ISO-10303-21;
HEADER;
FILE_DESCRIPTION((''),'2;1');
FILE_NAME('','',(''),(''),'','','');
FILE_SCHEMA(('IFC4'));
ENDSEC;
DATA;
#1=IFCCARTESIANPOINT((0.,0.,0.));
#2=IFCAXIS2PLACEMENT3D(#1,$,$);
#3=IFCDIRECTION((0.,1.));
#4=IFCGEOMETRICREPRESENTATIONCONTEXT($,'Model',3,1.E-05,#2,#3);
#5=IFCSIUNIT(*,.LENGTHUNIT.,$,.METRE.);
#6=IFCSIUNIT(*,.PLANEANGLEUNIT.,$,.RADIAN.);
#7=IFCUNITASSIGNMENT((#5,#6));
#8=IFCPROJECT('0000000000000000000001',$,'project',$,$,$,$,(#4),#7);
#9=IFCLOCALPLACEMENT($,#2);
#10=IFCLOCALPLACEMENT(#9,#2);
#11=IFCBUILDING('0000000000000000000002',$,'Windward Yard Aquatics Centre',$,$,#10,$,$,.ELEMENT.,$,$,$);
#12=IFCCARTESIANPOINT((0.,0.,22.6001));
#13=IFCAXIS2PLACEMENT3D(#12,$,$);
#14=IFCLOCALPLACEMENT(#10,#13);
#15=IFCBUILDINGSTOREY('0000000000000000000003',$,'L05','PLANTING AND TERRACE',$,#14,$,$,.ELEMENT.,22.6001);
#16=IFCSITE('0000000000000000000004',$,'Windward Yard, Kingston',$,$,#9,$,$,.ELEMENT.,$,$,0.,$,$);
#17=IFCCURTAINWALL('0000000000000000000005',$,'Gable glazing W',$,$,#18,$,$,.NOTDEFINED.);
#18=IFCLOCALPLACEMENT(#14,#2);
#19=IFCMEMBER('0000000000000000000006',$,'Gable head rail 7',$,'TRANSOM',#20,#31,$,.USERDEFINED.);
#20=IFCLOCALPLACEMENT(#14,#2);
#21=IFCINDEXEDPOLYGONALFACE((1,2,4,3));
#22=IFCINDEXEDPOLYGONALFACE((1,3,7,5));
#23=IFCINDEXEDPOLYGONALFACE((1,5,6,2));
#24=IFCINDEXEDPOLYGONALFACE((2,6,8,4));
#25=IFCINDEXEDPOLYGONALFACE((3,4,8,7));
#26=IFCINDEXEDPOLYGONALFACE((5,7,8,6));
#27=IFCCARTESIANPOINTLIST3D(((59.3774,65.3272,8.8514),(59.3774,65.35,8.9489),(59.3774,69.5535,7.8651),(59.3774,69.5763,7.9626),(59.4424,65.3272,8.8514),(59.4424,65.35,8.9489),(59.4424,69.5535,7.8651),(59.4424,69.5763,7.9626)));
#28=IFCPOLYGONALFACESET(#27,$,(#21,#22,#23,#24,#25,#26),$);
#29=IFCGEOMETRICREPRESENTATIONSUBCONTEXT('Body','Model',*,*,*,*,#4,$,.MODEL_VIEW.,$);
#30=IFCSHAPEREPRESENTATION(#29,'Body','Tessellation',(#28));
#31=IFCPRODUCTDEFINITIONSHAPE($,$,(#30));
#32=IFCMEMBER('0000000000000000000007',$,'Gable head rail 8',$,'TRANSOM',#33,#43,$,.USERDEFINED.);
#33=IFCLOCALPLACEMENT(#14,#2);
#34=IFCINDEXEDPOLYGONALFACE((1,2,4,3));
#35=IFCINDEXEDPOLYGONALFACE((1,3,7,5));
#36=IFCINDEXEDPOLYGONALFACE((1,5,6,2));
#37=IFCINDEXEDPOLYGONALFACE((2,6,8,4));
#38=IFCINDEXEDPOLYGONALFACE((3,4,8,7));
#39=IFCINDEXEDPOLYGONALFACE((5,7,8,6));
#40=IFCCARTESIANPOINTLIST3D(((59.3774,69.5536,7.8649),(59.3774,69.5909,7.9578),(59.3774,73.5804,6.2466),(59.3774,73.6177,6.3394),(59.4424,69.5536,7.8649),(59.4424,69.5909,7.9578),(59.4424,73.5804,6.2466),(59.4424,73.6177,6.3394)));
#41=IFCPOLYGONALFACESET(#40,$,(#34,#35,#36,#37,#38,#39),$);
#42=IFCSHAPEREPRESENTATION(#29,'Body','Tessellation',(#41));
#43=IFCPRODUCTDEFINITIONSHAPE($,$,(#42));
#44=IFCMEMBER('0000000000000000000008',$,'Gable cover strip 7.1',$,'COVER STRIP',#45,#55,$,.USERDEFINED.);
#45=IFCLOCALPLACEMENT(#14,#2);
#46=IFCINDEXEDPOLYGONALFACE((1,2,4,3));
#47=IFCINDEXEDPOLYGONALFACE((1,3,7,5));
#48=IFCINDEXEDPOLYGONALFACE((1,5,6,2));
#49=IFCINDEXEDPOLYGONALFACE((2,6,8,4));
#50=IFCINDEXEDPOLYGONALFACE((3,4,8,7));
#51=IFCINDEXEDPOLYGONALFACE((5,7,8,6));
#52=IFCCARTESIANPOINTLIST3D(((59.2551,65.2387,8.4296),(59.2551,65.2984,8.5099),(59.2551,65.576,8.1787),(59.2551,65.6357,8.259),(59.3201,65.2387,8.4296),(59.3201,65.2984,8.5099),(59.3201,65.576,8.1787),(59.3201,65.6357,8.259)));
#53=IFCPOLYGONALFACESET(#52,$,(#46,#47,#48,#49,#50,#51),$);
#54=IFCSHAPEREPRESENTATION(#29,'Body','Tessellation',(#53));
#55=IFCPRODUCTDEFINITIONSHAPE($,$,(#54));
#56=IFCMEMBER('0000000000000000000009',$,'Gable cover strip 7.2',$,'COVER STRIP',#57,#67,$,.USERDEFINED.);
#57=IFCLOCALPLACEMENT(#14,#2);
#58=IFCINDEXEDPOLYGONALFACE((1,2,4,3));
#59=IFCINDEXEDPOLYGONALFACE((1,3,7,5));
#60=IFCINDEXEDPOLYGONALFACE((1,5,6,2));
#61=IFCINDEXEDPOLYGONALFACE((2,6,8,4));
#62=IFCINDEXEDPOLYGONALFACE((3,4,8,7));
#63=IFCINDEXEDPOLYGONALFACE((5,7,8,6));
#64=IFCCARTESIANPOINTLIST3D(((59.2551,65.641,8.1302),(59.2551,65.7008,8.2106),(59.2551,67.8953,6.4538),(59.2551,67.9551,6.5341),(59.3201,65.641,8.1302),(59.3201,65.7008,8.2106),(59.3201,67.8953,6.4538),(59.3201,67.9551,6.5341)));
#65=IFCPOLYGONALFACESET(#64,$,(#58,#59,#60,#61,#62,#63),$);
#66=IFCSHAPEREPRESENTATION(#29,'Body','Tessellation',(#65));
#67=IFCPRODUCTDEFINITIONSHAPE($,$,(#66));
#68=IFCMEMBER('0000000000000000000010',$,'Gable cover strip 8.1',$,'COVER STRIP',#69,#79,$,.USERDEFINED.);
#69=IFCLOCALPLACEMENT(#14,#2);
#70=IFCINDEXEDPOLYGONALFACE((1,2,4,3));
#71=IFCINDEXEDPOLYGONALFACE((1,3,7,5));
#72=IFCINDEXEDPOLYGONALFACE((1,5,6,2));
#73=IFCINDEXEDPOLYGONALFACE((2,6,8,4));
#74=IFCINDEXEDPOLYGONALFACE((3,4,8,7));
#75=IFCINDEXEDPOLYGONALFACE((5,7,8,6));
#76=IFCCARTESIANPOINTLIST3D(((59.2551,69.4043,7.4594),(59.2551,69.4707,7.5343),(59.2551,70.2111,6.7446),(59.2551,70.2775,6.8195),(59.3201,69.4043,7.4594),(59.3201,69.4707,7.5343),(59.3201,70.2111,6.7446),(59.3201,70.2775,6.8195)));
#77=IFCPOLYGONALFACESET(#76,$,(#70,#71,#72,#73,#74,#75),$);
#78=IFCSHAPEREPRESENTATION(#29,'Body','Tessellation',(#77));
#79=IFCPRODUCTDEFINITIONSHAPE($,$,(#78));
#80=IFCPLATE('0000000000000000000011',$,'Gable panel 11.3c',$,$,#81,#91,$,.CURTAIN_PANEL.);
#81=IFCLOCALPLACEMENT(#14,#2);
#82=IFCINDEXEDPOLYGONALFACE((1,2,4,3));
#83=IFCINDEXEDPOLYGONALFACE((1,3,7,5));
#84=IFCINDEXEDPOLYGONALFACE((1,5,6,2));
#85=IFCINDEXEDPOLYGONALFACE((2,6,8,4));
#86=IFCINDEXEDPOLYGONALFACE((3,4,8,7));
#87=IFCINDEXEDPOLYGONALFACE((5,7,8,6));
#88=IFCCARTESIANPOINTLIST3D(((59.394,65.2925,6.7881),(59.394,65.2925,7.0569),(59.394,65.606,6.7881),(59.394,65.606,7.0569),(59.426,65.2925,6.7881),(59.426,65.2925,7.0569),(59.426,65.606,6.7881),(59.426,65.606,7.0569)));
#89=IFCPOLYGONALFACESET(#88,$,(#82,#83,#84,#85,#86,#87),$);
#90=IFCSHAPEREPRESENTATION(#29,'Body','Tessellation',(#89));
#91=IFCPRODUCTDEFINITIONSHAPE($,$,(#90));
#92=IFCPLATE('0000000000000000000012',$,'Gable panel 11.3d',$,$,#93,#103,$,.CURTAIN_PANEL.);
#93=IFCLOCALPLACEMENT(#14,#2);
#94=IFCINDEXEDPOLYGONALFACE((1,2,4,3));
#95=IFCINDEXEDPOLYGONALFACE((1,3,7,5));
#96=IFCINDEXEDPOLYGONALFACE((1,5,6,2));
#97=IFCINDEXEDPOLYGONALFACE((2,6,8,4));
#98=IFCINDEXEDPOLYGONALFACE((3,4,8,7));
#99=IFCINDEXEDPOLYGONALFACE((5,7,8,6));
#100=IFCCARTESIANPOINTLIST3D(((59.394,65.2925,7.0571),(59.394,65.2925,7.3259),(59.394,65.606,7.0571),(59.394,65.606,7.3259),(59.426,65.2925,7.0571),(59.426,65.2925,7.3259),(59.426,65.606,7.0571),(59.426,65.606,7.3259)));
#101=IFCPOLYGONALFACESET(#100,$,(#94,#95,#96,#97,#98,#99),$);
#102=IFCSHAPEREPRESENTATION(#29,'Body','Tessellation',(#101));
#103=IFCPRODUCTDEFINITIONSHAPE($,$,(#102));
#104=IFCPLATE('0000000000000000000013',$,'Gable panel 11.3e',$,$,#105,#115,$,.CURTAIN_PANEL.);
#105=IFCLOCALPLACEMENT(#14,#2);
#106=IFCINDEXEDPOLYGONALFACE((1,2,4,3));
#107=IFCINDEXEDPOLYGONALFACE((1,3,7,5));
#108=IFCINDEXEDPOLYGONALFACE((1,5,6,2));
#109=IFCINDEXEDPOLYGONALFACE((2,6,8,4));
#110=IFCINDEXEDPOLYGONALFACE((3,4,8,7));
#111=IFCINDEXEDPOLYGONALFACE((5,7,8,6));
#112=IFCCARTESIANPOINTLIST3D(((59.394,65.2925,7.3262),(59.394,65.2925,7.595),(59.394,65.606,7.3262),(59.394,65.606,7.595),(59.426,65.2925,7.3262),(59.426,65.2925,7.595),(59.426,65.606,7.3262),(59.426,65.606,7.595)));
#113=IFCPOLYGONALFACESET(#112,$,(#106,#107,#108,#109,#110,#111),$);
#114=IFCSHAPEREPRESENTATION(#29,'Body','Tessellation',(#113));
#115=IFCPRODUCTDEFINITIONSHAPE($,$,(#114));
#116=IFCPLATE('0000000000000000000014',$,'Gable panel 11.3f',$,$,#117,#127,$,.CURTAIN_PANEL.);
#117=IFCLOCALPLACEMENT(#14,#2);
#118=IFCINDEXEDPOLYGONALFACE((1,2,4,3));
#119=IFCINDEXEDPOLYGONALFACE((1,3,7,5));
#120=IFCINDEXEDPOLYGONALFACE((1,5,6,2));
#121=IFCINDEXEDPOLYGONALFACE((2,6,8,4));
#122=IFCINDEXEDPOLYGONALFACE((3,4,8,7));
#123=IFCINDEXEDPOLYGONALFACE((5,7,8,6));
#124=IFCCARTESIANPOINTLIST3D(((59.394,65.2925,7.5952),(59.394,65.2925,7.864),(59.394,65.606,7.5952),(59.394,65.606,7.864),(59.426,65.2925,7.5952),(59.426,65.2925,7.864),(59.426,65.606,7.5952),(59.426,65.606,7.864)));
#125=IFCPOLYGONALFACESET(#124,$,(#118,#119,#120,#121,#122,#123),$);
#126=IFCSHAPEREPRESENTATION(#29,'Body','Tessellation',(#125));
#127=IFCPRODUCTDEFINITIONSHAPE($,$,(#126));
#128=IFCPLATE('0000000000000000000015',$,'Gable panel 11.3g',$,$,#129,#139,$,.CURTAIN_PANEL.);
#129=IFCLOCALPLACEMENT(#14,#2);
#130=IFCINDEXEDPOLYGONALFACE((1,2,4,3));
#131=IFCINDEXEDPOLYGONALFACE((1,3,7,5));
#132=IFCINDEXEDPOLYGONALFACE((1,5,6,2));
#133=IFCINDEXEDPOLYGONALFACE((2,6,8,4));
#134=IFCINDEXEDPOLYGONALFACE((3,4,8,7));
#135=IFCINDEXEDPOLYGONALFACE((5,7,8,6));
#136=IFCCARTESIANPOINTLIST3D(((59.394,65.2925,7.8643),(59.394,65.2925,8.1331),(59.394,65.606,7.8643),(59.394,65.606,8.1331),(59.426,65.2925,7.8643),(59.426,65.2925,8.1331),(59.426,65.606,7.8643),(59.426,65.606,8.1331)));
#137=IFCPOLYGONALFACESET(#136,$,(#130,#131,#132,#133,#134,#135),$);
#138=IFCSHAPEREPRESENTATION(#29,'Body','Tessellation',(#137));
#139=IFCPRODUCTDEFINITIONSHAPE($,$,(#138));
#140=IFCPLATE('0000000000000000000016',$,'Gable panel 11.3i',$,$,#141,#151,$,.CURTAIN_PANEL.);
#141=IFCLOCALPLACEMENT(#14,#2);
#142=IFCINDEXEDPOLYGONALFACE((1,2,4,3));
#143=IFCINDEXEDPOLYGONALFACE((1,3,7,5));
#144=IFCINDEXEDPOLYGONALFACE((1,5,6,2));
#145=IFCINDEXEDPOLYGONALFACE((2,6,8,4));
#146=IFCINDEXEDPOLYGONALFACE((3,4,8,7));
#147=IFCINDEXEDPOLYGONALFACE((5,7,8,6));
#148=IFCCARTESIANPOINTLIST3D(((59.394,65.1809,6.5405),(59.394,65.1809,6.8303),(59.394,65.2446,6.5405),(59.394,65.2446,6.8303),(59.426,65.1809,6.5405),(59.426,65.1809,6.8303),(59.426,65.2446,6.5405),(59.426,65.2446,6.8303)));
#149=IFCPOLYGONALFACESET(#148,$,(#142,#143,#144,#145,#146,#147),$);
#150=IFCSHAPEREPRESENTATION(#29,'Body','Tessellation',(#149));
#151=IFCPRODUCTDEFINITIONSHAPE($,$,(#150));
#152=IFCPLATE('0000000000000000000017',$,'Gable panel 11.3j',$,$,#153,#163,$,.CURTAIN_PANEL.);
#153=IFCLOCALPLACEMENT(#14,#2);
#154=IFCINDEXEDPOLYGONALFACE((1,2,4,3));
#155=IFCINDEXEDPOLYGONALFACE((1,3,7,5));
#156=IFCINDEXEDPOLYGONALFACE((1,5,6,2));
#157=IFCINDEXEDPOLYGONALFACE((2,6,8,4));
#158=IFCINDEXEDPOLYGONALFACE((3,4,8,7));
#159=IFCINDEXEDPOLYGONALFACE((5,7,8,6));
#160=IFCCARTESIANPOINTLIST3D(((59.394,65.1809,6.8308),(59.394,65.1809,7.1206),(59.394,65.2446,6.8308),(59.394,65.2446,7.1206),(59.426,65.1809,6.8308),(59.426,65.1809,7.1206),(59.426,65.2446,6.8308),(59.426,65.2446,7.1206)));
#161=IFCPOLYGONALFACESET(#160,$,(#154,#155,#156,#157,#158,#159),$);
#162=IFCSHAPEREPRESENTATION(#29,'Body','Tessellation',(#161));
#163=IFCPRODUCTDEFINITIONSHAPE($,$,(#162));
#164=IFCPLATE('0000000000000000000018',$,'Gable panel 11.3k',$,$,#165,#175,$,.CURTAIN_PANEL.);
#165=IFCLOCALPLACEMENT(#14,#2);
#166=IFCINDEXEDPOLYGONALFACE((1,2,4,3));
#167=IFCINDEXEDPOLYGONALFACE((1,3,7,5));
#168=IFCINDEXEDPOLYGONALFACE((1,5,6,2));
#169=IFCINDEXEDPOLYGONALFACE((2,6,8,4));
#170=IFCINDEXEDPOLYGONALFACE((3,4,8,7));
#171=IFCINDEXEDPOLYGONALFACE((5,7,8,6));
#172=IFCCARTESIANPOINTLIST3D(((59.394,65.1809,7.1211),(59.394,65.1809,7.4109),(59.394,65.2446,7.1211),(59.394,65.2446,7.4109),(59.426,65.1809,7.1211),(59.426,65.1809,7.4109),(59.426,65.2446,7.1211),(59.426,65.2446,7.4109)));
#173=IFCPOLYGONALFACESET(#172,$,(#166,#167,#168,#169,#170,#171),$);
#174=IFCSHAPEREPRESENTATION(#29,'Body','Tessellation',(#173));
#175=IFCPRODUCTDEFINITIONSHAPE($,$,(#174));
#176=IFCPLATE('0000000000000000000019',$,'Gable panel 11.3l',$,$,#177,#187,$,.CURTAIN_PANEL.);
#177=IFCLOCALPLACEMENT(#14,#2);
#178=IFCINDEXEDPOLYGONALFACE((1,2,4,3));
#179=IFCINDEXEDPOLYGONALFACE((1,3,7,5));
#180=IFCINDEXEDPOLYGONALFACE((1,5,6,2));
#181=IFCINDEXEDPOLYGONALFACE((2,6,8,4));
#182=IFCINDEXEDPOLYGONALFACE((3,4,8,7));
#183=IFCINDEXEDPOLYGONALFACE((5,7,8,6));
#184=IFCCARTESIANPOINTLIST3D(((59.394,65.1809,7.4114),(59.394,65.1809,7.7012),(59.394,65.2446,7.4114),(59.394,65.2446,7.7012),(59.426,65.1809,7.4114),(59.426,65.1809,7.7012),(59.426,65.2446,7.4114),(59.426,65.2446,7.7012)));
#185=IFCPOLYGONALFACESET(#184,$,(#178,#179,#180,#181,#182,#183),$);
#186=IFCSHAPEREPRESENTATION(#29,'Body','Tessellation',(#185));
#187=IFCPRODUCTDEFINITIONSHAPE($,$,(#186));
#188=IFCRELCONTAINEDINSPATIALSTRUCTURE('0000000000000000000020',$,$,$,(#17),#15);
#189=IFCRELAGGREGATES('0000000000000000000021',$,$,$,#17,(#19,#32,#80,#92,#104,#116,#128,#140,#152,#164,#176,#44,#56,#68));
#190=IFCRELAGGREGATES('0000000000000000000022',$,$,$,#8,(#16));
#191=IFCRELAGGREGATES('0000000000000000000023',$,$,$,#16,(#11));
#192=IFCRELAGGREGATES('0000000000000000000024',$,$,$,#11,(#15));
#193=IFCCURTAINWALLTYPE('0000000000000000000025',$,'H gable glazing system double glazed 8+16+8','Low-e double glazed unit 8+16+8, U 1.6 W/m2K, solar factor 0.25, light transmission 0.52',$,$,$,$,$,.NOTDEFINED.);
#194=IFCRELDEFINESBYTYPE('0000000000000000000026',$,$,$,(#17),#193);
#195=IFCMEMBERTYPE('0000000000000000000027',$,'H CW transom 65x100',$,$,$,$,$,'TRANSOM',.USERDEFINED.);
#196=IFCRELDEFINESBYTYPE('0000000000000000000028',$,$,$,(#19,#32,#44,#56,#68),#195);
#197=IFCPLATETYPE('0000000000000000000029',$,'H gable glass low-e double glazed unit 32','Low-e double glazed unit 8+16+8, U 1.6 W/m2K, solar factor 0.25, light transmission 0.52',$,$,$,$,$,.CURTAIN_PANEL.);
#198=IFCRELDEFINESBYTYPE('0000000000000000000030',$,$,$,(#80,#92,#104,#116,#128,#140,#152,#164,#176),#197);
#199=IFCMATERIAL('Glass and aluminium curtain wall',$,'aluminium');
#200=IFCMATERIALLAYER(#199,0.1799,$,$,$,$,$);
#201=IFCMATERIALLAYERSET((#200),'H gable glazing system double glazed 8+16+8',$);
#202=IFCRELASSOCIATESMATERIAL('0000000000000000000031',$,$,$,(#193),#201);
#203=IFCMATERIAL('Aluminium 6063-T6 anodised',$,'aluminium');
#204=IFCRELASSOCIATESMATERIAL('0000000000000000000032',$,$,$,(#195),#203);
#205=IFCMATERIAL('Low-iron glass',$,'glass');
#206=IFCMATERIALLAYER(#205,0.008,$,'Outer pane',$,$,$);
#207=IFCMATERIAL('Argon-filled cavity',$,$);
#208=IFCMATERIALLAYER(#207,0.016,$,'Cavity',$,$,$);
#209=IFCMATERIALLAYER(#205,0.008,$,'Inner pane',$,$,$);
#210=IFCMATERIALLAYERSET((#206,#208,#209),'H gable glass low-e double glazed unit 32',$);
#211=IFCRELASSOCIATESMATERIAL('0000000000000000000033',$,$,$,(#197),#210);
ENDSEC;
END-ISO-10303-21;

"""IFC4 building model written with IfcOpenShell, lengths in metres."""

from ifc_helpers import new_model, si_unit, direction, frame, origin, origin_2d, place, context, subcontext, project, spatial, polyline, rectangle, outline, extrude, material, layer, layer_set, material_profile, profile_set, type_object, element, aggregate, save


model = new_model("IFC4")

# Units and contexts
model_context = context("Model", 3, precision=1e-05, world=origin(), true_north=direction((0.0, 1.0)))
body_context = subcontext(model_context, "Body", "Model", "MODEL_VIEW")
ifc_project = project(units=[si_unit("LENGTHUNIT", "METRE"), si_unit("PLANEANGLEUNIT", "RADIAN")], contexts=[model_context])

# Site, building, storey
site_placement = place(None, origin())
site = spatial("IfcSite", under=ifc_project, at=site_placement, Name="Windward Yard, Kingston", CompositionType="ELEMENT", RefElevation=0.0)
building_placement = place(site_placement, origin())
building = spatial("IfcBuilding", under=site, at=building_placement, Name="Windward Yard Aquatics Centre", CompositionType="ELEMENT")
storey_placement = place(building_placement, frame((0.0, 0.0, 22.6001)))
storey = spatial("IfcBuildingStorey", under=building, at=storey_placement, Name="L05", Description="PLANTING AND TERRACE", CompositionType="ELEMENT", Elevation=22.6001)

# Curtain wall, members, plates
ifc_material_1 = material(Name="Glass and aluminium curtain wall", Category="aluminium")
ifc_layer_1 = layer(ifc_material_1, 0.1799)
ifc_layer_set_1 = layer_set([ifc_layer_1], Name="H gable glazing system double glazed 8+16+8")
curtain_wall_type = type_object("IfcCurtainWallType", Name="H gable glazing system double glazed 8+16+8", Description="Low-e double glazed unit 8+16+8, U 1.6 W/m2K, solar factor 0.25, light transmission 0.52", PredefinedType="NOTDEFINED", material=ifc_layer_set_1)
curtain_wall_placement = place(storey_placement, origin())
curtain_wall = element("IfcCurtainWall", 1, at=curtain_wall_placement, inside=storey, type_object=curtain_wall_type, Name="Gable glazing W", PredefinedType="NOTDEFINED")
ifc_material_2 = material(Name="Aluminium 6063-T6 anodised", Category="aluminium")
ifc_material_profile = material_profile(ifc_material_2, rectangle(XDim=0.0649, YDim=0.1001, at=origin_2d()), Name="H CW transom 65x100")
ifc_profile_set = profile_set([ifc_material_profile], Name="Aluminium 6063-T6 anodised")
member_type = type_object("IfcMemberType", Name="H CW transom 65x100", ElementType="TRANSOM", PredefinedType="USERDEFINED", material=ifc_profile_set)
member_1_placement = place(storey_placement, frame((59.4099, 65.3386, 8.9001), z_axis=(0.0, 0.973832, -0.227271), x_axis=(-1.0, 0.0, 0.0)))
member_1 = element("IfcMember", 2, at=member_1_placement, type_object=member_type, Name="Gable head rail 7", ObjectType="TRANSOM", PredefinedType="USERDEFINED", context=body_context, shape_type="SweptSolid", body=[
    extrude(rectangle(XDim=0.0649, YDim=0.1001, at=origin_2d()), origin(), (0.0, 0.0, 1.0), 4.3398),
])
member_2_placement = place(storey_placement, frame((59.4099, 69.5723, 7.9114), z_axis=(0.0, 0.927866, -0.372913), x_axis=(-1.0, 0.0, 0.0)))
member_2 = element("IfcMember", 3, at=member_2_placement, type_object=member_type, Name="Gable head rail 8", ObjectType="TRANSOM", PredefinedType="USERDEFINED", context=body_context, shape_type="SweptSolid", body=[
    extrude(rectangle(XDim=0.0649, YDim=0.1001, at=origin_2d()), origin(), (0.0, 0.0, 1.0), 4.3398),
])
member_3_placement = place(storey_placement, frame((59.2876, 65.2686, 8.4697), z_axis=(0.0, 0.802363, -0.596837), x_axis=(-1.0, 0.0, 0.0)))
member_3 = element("IfcMember", 4, at=member_3_placement, type_object=member_type, Name="Gable cover strip 7.1", ObjectType="COVER STRIP", PredefinedType="USERDEFINED", context=body_context, shape_type="SweptSolid", body=[
    extrude(rectangle(XDim=0.0649, YDim=0.1001, at=origin_2d()), origin(), (0.0, 0.0, 1.0), 0.4204),
])
member_4_placement = place(storey_placement, frame((59.2876, 65.6709, 8.1704), z_axis=(0.0, 0.802434, -0.596742), x_axis=(-1.0, 0.0, 0.0)))
member_4 = element("IfcMember", 5, at=member_4_placement, type_object=member_type, Name="Gable cover strip 7.2", ObjectType="COVER STRIP", PredefinedType="USERDEFINED", context=body_context, shape_type="SweptSolid", body=[
    extrude(rectangle(XDim=0.0649, YDim=0.1001, at=origin_2d()), origin(), (0.0, 0.0, 1.0), 2.8093),
])
member_5_placement = place(storey_placement, frame((59.2876, 69.4375, 7.4968), z_axis=(0.0, 0.748508, -0.663126), x_axis=(-1.0, 0.0, 0.0)))
member_5 = element("IfcMember", 6, at=member_5_placement, type_object=member_type, Name="Gable cover strip 8.1", ObjectType="COVER STRIP", PredefinedType="USERDEFINED", context=body_context, shape_type="SweptSolid", body=[
    extrude(rectangle(XDim=0.0649, YDim=0.1001, at=origin_2d()), origin(), (0.0, 0.0, 1.0), 1.0779),
])
ifc_material_3 = material(Name="Low-iron glass", Category="glass")
ifc_layer_2 = layer(ifc_material_3, 0.008, Name="Outer pane")
ifc_material_4 = material(Name="Argon-filled cavity")
ifc_layer_3 = layer(ifc_material_4, 0.016, Name="Cavity")
ifc_layer_4 = layer(ifc_material_3, 0.008, Name="Inner pane")
ifc_layer_set_2 = layer_set([ifc_layer_2, ifc_layer_3, ifc_layer_4], Name="H gable glass low-e double glazed unit 32")
plate_type = type_object("IfcPlateType", Name="H gable glass low-e double glazed unit 32", Description="Low-e double glazed unit 8+16+8, U 1.6 W/m2K, solar factor 0.25, light transmission 0.52", PredefinedType="CURTAIN_PANEL", material=ifc_layer_set_2)
plate_1_placement = place(storey_placement, frame((59.426, 65.2925, 6.7881), z_axis=(1.0, 0.0, 0.0), x_axis=(0.0, 1.0, 0.0)))
plate_1 = element("IfcPlate", 7, at=plate_1_placement, type_object=plate_type, Name="Gable panel 11.3c", PredefinedType="CURTAIN_PANEL", context=body_context, shape_type="SweptSolid", body=[
    extrude(outline(polyline([(0.0, 0.0), (0.3135, 0.0), (0.3135, 0.2688), (0.0, 0.2688), (0.0, 0.0)])), origin(), (0.0, 0.0, -1.0), 0.032),
])
plate_2_placement = place(storey_placement, frame((59.426, 65.2925, 7.0571), z_axis=(1.0, 0.0, 0.0), x_axis=(0.0, 1.0, 0.0)))
plate_2 = element("IfcPlate", 8, at=plate_2_placement, type_object=plate_type, Name="Gable panel 11.3d", PredefinedType="CURTAIN_PANEL", context=body_context, shape_type="SweptSolid", body=[
    extrude(outline(polyline([(0.0, 0.0), (0.3135, 0.0), (0.3135, 0.2688), (0.0, 0.2688), (0.0, 0.0)])), origin(), (0.0, 0.0, -1.0), 0.032),
])
plate_3_placement = place(storey_placement, frame((59.426, 65.2925, 7.3262), z_axis=(1.0, 0.0, 0.0), x_axis=(0.0, 1.0, 0.0)))
plate_3 = element("IfcPlate", 9, at=plate_3_placement, type_object=plate_type, Name="Gable panel 11.3e", PredefinedType="CURTAIN_PANEL", context=body_context, shape_type="SweptSolid", body=[
    extrude(outline(polyline([(0.0, 0.0), (0.3135, 0.0), (0.3135, 0.2688), (0.0, 0.2688), (0.0, 0.0)])), origin(), (0.0, 0.0, -1.0), 0.032),
])
plate_4_placement = place(storey_placement, frame((59.426, 65.2925, 7.5952), z_axis=(1.0, 0.0, 0.0), x_axis=(0.0, 1.0, 0.0)))
plate_4 = element("IfcPlate", 10, at=plate_4_placement, type_object=plate_type, Name="Gable panel 11.3f", PredefinedType="CURTAIN_PANEL", context=body_context, shape_type="SweptSolid", body=[
    extrude(outline(polyline([(0.0, 0.0), (0.3135, 0.0), (0.3135, 0.2688), (0.0, 0.2688), (0.0, 0.0)])), origin(), (0.0, 0.0, -1.0), 0.032),
])
plate_5_placement = place(storey_placement, frame((59.426, 65.2925, 7.8643), z_axis=(1.0, 0.0, 0.0), x_axis=(0.0, 1.0, 0.0)))
plate_5 = element("IfcPlate", 11, at=plate_5_placement, type_object=plate_type, Name="Gable panel 11.3g", PredefinedType="CURTAIN_PANEL", context=body_context, shape_type="SweptSolid", body=[
    extrude(outline(polyline([(0.0, 0.0), (0.3135, 0.0), (0.3135, 0.2688), (0.0, 0.2688), (0.0, 0.0)])), origin(), (0.0, 0.0, -1.0), 0.032),
])
plate_6_placement = place(storey_placement, frame((59.426, 65.1809, 6.5405), z_axis=(1.0, 0.0, 0.0), x_axis=(0.0, 1.0, 0.0)))
plate_6 = element("IfcPlate", 12, at=plate_6_placement, type_object=plate_type, Name="Gable panel 11.3i", PredefinedType="CURTAIN_PANEL", context=body_context, shape_type="SweptSolid", body=[
    extrude(outline(polyline([(0.0, 0.0), (0.0637, 0.0), (0.0637, 0.2898), (0.0, 0.2898), (0.0, 0.0)])), origin(), (0.0, 0.0, -1.0), 0.032),
])
plate_7_placement = place(storey_placement, frame((59.426, 65.1809, 6.8308), z_axis=(1.0, 0.0, 0.0), x_axis=(0.0, 1.0, 0.0)))
plate_7 = element("IfcPlate", 13, at=plate_7_placement, type_object=plate_type, Name="Gable panel 11.3j", PredefinedType="CURTAIN_PANEL", context=body_context, shape_type="SweptSolid", body=[
    extrude(outline(polyline([(0.0, 0.0), (0.0637, 0.0), (0.0637, 0.2898), (0.0, 0.2898), (0.0, 0.0)])), origin(), (0.0, 0.0, -1.0), 0.032),
])
plate_8_placement = place(storey_placement, frame((59.426, 65.1809, 7.1211), z_axis=(1.0, 0.0, 0.0), x_axis=(0.0, 1.0, 0.0)))
plate_8 = element("IfcPlate", 14, at=plate_8_placement, type_object=plate_type, Name="Gable panel 11.3k", PredefinedType="CURTAIN_PANEL", context=body_context, shape_type="SweptSolid", body=[
    extrude(outline(polyline([(0.0, 0.0), (0.0637, 0.0), (0.0637, 0.2898), (0.0, 0.2898), (0.0, 0.0)])), origin(), (0.0, 0.0, -1.0), 0.032),
])
plate_9_placement = place(storey_placement, frame((59.426, 65.1809, 7.4114), z_axis=(1.0, 0.0, 0.0), x_axis=(0.0, 1.0, 0.0)))
plate_9 = element("IfcPlate", 15, at=plate_9_placement, type_object=plate_type, Name="Gable panel 11.3l", PredefinedType="CURTAIN_PANEL", context=body_context, shape_type="SweptSolid", body=[
    extrude(outline(polyline([(0.0, 0.0), (0.0637, 0.0), (0.0637, 0.2898), (0.0, 0.2898), (0.0, 0.0)])), origin(), (0.0, 0.0, -1.0), 0.032),
])
aggregate(curtain_wall, [member_1, member_2, plate_1, plate_2, plate_3, plate_4, plate_5, plate_6, plate_7, plate_8, plate_9, member_3, member_4, member_5])

save(model, "model.ifc")
